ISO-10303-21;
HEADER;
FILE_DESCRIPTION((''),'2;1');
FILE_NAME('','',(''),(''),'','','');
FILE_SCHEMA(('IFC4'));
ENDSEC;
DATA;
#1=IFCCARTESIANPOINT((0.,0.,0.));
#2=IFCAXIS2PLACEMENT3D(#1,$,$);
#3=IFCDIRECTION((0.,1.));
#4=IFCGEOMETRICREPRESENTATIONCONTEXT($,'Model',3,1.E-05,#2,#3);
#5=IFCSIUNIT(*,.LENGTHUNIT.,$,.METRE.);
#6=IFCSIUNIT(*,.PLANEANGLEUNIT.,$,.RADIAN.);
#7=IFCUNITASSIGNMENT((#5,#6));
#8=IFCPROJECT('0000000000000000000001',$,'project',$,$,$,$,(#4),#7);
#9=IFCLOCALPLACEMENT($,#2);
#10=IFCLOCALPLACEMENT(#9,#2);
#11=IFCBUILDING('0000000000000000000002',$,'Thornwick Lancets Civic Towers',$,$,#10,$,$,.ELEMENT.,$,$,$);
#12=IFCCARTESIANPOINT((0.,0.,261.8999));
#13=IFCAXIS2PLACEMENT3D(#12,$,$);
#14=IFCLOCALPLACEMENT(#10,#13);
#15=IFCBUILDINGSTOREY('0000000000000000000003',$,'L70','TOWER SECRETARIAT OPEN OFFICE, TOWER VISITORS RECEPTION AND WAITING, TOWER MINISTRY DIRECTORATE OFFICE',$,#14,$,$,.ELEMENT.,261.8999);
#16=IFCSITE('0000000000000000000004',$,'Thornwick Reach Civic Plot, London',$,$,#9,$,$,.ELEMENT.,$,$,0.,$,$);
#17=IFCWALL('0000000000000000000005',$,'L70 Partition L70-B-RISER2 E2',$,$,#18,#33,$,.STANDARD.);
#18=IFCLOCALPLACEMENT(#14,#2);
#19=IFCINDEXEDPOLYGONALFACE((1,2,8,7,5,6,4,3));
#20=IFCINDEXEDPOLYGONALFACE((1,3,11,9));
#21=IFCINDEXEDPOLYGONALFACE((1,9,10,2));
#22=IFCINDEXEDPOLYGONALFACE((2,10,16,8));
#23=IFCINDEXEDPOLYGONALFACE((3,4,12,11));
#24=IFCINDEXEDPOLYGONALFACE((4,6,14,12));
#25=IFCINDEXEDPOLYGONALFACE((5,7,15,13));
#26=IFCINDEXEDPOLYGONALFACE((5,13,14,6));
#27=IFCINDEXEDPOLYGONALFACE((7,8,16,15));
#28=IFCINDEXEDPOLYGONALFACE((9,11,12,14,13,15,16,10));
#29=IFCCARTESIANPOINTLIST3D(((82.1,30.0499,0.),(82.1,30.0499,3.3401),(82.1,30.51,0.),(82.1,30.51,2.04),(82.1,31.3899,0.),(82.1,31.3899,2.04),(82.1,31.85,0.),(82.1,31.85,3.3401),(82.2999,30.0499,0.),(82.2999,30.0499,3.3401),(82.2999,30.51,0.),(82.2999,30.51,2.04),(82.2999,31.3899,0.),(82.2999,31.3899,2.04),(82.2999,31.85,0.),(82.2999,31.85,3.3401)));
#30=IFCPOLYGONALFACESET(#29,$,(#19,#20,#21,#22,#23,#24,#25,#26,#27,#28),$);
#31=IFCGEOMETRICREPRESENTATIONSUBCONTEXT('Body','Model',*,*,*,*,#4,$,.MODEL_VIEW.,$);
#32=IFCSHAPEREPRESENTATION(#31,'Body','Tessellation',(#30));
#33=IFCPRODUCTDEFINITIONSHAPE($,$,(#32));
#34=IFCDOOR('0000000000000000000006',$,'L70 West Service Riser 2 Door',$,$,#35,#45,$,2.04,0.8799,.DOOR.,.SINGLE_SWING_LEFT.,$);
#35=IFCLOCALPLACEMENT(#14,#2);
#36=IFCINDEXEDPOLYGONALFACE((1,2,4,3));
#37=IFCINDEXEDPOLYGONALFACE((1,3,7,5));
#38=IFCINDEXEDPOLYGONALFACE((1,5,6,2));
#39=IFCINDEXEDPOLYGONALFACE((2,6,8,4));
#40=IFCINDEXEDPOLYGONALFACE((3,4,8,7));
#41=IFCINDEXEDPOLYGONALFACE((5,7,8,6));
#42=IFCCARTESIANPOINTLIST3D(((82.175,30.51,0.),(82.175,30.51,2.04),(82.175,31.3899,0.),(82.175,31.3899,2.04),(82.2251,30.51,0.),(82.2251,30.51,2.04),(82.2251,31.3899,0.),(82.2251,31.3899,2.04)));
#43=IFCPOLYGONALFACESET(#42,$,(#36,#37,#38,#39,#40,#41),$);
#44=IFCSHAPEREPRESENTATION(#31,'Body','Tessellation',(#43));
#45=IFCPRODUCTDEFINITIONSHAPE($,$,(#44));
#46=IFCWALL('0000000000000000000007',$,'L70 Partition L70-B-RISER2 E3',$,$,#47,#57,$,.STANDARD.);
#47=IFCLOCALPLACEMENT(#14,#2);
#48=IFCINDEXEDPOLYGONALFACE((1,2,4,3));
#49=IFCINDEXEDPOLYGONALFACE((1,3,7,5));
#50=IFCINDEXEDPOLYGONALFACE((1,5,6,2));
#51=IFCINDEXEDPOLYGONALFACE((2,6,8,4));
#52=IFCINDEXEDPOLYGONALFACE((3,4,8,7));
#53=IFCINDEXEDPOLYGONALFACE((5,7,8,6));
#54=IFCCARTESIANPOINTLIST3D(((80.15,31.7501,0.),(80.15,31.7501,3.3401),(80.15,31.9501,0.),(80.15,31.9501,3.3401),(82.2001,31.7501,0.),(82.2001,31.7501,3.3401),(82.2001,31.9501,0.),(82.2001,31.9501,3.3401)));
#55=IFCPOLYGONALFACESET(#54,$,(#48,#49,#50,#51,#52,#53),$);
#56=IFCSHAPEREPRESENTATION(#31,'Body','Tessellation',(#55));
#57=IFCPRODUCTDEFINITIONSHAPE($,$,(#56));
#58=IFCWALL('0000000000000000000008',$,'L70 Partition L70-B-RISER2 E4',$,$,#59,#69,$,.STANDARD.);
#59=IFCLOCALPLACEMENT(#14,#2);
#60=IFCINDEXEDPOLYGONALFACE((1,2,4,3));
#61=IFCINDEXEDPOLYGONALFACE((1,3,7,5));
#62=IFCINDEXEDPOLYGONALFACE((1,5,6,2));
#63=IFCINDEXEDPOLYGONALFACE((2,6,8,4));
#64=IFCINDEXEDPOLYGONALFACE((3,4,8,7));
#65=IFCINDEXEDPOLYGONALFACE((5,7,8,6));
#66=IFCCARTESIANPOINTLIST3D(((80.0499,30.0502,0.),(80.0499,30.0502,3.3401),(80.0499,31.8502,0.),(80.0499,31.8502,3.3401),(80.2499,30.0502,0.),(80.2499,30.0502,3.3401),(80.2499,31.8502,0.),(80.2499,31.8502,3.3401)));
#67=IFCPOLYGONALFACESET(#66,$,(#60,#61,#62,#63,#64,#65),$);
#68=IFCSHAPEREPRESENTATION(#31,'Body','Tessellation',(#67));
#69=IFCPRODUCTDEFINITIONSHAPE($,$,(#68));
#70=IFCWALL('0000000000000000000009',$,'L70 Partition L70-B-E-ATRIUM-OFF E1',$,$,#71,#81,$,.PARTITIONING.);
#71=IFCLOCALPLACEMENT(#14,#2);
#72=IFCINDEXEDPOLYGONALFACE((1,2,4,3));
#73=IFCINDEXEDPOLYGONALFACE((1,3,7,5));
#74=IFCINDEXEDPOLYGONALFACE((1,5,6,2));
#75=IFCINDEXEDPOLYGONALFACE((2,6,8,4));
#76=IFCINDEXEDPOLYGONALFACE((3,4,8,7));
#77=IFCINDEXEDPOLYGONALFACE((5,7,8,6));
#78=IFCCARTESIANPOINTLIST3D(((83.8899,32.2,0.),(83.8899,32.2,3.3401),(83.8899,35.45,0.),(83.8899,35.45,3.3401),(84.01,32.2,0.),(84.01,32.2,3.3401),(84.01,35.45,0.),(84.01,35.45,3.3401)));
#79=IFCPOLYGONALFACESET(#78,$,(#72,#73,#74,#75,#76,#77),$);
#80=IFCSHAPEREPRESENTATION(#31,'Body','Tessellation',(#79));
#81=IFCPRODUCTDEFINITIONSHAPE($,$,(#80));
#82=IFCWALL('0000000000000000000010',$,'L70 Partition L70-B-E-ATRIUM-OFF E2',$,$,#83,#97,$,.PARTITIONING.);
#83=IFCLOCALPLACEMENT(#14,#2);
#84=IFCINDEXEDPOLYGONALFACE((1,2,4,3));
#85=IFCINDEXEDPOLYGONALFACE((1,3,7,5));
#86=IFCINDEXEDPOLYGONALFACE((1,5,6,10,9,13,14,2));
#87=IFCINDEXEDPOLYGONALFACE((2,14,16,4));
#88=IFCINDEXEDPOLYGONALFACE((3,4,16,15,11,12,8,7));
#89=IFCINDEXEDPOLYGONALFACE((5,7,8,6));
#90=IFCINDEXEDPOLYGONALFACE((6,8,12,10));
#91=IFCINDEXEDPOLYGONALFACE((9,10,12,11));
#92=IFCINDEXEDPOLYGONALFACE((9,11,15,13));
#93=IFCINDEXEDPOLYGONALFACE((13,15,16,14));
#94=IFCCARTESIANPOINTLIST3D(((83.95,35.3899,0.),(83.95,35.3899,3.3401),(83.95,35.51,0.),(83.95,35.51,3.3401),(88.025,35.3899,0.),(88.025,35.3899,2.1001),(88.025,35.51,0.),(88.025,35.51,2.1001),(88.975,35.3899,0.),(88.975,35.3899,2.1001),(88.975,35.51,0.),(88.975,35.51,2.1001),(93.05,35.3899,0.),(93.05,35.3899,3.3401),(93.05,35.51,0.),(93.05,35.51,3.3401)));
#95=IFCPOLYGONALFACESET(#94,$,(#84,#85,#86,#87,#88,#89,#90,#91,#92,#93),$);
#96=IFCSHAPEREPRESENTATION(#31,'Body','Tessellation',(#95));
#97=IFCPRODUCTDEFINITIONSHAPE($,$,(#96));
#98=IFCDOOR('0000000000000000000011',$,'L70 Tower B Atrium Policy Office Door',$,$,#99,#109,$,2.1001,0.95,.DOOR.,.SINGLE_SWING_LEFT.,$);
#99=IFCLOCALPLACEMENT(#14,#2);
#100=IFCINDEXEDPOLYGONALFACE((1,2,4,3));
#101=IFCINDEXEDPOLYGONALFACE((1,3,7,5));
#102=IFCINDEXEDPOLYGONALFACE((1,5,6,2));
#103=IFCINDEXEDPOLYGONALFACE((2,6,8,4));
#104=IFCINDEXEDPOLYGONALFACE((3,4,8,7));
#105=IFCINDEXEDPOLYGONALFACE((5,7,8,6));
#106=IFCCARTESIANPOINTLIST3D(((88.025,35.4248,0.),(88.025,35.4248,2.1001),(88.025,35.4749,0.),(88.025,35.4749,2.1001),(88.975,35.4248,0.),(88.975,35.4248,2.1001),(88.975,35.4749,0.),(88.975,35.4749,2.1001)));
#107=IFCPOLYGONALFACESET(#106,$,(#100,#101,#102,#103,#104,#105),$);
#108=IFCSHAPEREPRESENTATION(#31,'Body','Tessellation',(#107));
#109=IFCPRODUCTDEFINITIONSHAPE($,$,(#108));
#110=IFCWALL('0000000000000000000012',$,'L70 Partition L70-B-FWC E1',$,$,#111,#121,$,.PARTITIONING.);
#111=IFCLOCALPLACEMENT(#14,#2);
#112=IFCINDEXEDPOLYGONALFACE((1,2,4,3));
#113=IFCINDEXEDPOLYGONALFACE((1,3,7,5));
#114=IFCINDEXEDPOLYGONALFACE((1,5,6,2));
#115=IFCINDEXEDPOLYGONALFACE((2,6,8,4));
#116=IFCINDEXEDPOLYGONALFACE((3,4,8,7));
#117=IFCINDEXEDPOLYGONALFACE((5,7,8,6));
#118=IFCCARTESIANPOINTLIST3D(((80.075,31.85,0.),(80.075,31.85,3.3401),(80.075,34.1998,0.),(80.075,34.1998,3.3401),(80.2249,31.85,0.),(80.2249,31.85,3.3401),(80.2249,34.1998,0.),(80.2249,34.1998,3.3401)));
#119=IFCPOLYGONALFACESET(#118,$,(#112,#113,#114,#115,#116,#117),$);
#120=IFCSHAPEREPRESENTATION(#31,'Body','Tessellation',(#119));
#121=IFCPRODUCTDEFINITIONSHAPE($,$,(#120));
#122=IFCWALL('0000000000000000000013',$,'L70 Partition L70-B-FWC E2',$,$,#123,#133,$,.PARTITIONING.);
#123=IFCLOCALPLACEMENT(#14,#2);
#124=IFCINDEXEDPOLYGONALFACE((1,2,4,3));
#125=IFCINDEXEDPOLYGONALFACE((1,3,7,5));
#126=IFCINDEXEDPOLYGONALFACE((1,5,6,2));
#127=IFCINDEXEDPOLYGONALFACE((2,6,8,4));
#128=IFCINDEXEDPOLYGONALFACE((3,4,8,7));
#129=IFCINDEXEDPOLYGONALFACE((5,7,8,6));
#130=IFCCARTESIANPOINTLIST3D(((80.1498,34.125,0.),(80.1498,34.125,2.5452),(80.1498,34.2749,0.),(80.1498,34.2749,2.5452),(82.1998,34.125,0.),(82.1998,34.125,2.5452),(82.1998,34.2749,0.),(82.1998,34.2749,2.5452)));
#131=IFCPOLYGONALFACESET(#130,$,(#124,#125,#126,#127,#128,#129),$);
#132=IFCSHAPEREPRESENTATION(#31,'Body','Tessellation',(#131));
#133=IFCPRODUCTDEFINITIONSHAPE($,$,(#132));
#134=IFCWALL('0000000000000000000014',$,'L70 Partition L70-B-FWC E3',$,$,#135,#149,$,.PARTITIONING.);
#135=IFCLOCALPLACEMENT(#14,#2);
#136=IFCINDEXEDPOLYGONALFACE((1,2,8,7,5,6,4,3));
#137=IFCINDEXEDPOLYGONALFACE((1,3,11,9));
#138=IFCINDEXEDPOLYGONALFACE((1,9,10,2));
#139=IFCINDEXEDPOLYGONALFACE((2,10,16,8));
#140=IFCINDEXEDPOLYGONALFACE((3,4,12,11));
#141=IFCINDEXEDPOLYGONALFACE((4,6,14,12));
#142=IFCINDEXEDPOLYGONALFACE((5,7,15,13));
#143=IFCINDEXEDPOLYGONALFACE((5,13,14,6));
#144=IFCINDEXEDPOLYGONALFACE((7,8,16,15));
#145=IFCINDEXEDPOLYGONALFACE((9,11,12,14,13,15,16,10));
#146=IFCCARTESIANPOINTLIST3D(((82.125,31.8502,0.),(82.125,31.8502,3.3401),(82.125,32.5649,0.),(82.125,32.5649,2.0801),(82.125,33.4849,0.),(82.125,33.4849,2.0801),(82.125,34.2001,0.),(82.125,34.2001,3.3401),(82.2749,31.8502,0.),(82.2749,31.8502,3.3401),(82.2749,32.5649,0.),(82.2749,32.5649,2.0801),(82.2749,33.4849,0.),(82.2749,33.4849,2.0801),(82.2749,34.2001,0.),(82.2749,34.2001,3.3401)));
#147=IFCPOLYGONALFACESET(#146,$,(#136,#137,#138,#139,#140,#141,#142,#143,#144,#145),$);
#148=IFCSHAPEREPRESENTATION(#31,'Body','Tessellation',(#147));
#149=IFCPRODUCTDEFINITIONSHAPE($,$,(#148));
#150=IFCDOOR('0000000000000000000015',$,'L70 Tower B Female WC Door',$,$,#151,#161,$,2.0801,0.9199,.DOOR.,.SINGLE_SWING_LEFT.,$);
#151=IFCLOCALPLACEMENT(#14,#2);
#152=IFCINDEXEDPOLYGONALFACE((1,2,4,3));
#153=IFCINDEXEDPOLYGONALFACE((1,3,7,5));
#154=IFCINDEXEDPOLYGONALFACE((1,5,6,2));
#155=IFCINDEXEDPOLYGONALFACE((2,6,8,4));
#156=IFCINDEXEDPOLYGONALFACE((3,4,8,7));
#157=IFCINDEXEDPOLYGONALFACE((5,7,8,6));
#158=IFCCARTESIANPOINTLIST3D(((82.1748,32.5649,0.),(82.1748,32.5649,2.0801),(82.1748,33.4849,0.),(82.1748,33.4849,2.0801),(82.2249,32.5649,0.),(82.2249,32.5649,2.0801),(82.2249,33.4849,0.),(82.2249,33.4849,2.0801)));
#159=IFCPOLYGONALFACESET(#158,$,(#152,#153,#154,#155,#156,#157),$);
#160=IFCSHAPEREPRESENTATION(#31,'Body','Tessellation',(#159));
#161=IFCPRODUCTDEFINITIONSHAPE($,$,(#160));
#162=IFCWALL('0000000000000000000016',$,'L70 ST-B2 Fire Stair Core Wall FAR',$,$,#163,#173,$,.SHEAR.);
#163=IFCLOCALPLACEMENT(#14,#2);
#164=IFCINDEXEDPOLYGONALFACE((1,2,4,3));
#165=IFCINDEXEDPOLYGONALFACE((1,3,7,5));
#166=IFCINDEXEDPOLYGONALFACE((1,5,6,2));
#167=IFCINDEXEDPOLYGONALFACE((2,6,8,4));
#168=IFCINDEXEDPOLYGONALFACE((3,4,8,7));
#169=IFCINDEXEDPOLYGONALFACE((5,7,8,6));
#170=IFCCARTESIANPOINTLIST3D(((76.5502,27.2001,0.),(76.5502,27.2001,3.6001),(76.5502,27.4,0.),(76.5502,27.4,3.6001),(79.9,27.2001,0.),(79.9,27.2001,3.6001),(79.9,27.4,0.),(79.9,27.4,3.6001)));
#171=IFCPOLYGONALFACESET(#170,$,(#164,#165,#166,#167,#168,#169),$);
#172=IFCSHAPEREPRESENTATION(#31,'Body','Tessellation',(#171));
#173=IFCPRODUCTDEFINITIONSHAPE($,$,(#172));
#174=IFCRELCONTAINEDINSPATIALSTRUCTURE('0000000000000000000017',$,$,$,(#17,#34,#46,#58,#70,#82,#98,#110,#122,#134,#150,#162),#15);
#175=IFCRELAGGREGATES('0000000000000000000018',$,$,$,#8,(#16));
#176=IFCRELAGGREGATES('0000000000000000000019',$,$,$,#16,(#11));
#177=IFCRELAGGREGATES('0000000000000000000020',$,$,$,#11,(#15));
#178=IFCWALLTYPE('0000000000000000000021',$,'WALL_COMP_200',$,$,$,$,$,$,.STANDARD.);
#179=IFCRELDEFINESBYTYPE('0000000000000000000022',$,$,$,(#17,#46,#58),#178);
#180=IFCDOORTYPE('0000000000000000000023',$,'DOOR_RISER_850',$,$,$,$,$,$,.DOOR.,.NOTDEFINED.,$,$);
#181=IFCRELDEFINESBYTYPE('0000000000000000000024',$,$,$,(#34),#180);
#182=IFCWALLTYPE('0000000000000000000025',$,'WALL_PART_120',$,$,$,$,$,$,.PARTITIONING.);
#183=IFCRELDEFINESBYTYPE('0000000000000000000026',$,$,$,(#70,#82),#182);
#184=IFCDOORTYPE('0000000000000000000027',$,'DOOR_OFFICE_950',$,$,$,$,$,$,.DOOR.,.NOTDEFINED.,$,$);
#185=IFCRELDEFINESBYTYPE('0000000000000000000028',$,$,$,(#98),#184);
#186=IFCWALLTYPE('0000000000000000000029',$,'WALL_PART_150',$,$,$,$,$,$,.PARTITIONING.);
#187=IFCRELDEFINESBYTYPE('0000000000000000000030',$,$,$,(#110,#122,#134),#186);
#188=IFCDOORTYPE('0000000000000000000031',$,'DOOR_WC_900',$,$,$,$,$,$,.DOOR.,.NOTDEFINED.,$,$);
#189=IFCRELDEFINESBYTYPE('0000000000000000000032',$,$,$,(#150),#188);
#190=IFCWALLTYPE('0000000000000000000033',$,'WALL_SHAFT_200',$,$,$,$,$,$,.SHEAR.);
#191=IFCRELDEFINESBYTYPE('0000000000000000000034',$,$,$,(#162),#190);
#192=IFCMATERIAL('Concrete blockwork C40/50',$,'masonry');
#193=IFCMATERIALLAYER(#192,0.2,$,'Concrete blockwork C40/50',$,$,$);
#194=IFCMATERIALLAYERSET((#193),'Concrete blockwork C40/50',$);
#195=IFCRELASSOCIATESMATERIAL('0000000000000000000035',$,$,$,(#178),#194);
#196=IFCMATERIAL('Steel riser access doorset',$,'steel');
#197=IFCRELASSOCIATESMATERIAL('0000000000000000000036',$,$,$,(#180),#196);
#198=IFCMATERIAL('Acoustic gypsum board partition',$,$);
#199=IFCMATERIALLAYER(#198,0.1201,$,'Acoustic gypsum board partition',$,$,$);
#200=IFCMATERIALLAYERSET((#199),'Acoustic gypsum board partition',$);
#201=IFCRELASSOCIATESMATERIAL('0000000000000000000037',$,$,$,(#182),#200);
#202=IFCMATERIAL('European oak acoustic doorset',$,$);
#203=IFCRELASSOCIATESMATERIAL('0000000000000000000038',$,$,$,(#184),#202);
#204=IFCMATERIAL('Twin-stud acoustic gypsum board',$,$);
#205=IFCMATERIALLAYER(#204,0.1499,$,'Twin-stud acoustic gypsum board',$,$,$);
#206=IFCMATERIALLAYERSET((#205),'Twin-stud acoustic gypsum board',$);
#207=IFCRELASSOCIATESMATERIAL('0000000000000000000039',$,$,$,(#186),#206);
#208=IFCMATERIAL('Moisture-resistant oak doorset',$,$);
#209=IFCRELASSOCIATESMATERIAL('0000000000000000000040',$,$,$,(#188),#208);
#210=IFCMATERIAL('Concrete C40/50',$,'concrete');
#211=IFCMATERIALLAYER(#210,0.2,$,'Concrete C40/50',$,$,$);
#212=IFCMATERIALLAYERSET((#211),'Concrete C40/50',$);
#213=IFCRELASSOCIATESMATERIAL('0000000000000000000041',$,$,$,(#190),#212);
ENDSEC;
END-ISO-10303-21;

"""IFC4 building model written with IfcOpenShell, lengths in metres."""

from ifc_helpers import new_model, si_unit, direction, frame, frame_2d, origin, place, context, subcontext, project, spatial, rectangle, extrude, material, layer, layer_set, type_object, element, fill, save


model = new_model("IFC4")

# Units and contexts
model_context = context("Model", 3, precision=1e-05, world=origin(), true_north=direction((0.0, 1.0)))
body_context = subcontext(model_context, "Body", "Model", "MODEL_VIEW")
ifc_project = project(units=[si_unit("LENGTHUNIT", "METRE"), si_unit("PLANEANGLEUNIT", "RADIAN")], contexts=[model_context])

# Site, building, storey
site_placement = place(None, origin())
site = spatial("IfcSite", under=ifc_project, at=site_placement, Name="Thornwick Reach Civic Plot, London", CompositionType="ELEMENT", RefElevation=0.0)
building_placement = place(site_placement, origin())
building = spatial("IfcBuilding", under=site, at=building_placement, Name="Thornwick Lancets Civic Towers", CompositionType="ELEMENT")
storey_placement = place(building_placement, frame((0.0, 0.0, 261.8999)))
storey = spatial("IfcBuildingStorey", under=building, at=storey_placement, Name="L70", Description="TOWER SECRETARIAT OPEN OFFICE, TOWER VISITORS RECEPTION AND WAITING, TOWER MINISTRY DIRECTORATE OFFICE", CompositionType="ELEMENT", Elevation=261.8999)

# Shared definitions
ifc_material_1 = material(Name="Concrete blockwork C40/50", Category="masonry")
ifc_layer_1 = layer(ifc_material_1, 0.2, Name="Concrete blockwork C40/50")
ifc_layer_set_1 = layer_set([ifc_layer_1], Name="Concrete blockwork C40/50")
wall_type_1 = type_object("IfcWallType", Name="WALL_COMP_200", PredefinedType="STANDARD", material=ifc_layer_set_1)

# Wall, opening, door
wall_1_placement = place(storey_placement, frame((82.2, 30.05, 0.0), z_axis=(0.0, 0.0, 1.0), x_axis=(0.0, 1.0, 0.0)))
wall_1 = element("IfcWall", 1, at=wall_1_placement, inside=storey, type_object=wall_type_1, Name="L70 Partition L70-B-RISER2 E2", PredefinedType="STANDARD", context=body_context, shape_type="SweptSolid", body=[
    extrude(rectangle(XDim=1.8, YDim=0.2, at=frame_2d((0.8999, 0.0))), origin(), (0.0, 0.0, 1.0), 3.3401),
])
opening_1_placement = place(wall_1_placement, frame((0.46, 0.0, 0.0)))
opening_1 = element("IfcOpeningElement", 2, at=opening_1_placement, cuts=wall_1, PredefinedType="OPENING", context=body_context, shape_type="SweptSolid", body=[
    extrude(rectangle(XDim=0.8799, YDim=2.04, at=frame_2d((0.4399, 1.02))), frame((0.0, 0.1099, 0.0), z_axis=(0.0, -1.0, 0.0), x_axis=(1.0, 0.0, 0.0)), (0.0, 0.0, 1.0), 0.22),
])
ifc_material_2 = material(Name="Steel riser access doorset", Category="steel")
door_type_1 = type_object("IfcDoorType", Name="DOOR_RISER_850", OperationType="NOTDEFINED", PredefinedType="DOOR", material=ifc_material_2)
door_1_placement = place(opening_1_placement, origin())
door_1 = element("IfcDoor", 3, at=door_1_placement, inside=storey, type_object=door_type_1, Name="L70 West Service Riser 2 Door", OperationType="SINGLE_SWING_LEFT", OverallHeight=2.04, OverallWidth=0.8799, PredefinedType="DOOR", context=body_context, shape_type="SweptSolid", body=[
    extrude(rectangle(XDim=0.8799, YDim=2.04, at=frame_2d((0.4399, 1.02))), frame((0.0, 0.0249, 0.0), z_axis=(0.0, -1.0, 0.0), x_axis=(1.0, 0.0, 0.0)), (0.0, 0.0, 1.0), 0.05),
])
fill(opening_1, door_1)

# Walls
wall_2_placement = place(storey_placement, frame((82.2, 31.8501, 0.0), z_axis=(0.0, 0.0, 1.0), x_axis=(-1.0, 0.0, 0.0)))
element("IfcWall", 4, at=wall_2_placement, inside=storey, type_object=wall_type_1, Name="L70 Partition L70-B-RISER2 E3", PredefinedType="STANDARD", context=body_context, shape_type="SweptSolid", body=[
    extrude(rectangle(XDim=2.05, YDim=0.2, at=frame_2d((1.0249, 0.0))), origin(), (0.0, 0.0, 1.0), 3.3401),
])
wall_3_placement = place(storey_placement, frame((80.1499, 31.8501, 0.0), z_axis=(0.0, 0.0, 1.0), x_axis=(0.0, -1.0, 0.0)))
element("IfcWall", 5, at=wall_3_placement, inside=storey, type_object=wall_type_1, Name="L70 Partition L70-B-RISER2 E4", PredefinedType="STANDARD", context=body_context, shape_type="SweptSolid", body=[
    extrude(rectangle(XDim=1.8, YDim=0.2, at=frame_2d((0.8999, 0.0))), origin(), (0.0, 0.0, 1.0), 3.3401),
])
ifc_material_3 = material(Name="Acoustic gypsum board partition")
ifc_layer_2 = layer(ifc_material_3, 0.1201, Name="Acoustic gypsum board partition")
ifc_layer_set_2 = layer_set([ifc_layer_2], Name="Acoustic gypsum board partition")
wall_type_2 = type_object("IfcWallType", Name="WALL_PART_120", PredefinedType="PARTITIONING", material=ifc_layer_set_2)
wall_4_placement = place(storey_placement, frame((83.95, 32.2, 0.0), z_axis=(0.0, 0.0, 1.0), x_axis=(0.0, 1.0, 0.0)))
element("IfcWall", 6, at=wall_4_placement, inside=storey, type_object=wall_type_2, Name="L70 Partition L70-B-E-ATRIUM-OFF E1", PredefinedType="PARTITIONING", context=body_context, shape_type="SweptSolid", body=[
    extrude(rectangle(XDim=3.25, YDim=0.1201, at=frame_2d((1.625, 0.0))), origin(), (0.0, 0.0, 1.0), 3.3401),
])

# Wall, opening, door
wall_5_placement = place(storey_placement, frame((83.95, 35.45, 0.0), z_axis=(0.0, 0.0, 1.0), x_axis=(1.0, 0.0, 0.0)))
wall_5 = element("IfcWall", 7, at=wall_5_placement, inside=storey, type_object=wall_type_2, Name="L70 Partition L70-B-E-ATRIUM-OFF E2", PredefinedType="PARTITIONING", context=body_context, shape_type="SweptSolid", body=[
    extrude(rectangle(XDim=9.1001, YDim=0.1201, at=frame_2d((4.55, 0.0))), origin(), (0.0, 0.0, 1.0), 3.3401),
])
opening_2_placement = place(wall_5_placement, frame((4.075, 0.0, 0.0)))
opening_2 = element("IfcOpeningElement", 8, at=opening_2_placement, cuts=wall_5, PredefinedType="OPENING", context=body_context, shape_type="SweptSolid", body=[
    extrude(rectangle(XDim=0.95, YDim=2.1001, at=frame_2d((0.4751, 1.05))), frame((0.0, 0.0701, 0.0), z_axis=(0.0, -1.0, 0.0), x_axis=(1.0, 0.0, 0.0)), (0.0, 0.0, 1.0), 0.1401),
])
ifc_material_4 = material(Name="European oak acoustic doorset")
door_type_2 = type_object("IfcDoorType", Name="DOOR_OFFICE_950", OperationType="NOTDEFINED", PredefinedType="DOOR", material=ifc_material_4)
door_2_placement = place(opening_2_placement, origin())
door_2 = element("IfcDoor", 9, at=door_2_placement, inside=storey, type_object=door_type_2, Name="L70 Tower B Atrium Policy Office Door", OperationType="SINGLE_SWING_LEFT", OverallHeight=2.1001, OverallWidth=0.95, PredefinedType="DOOR", context=body_context, shape_type="SweptSolid", body=[
    extrude(rectangle(XDim=0.95, YDim=2.1001, at=frame_2d((0.4751, 1.05))), frame((0.0, 0.0249, 0.0), z_axis=(0.0, -1.0, 0.0), x_axis=(1.0, 0.0, 0.0)), (0.0, 0.0, 1.0), 0.05),
])
fill(opening_2, door_2)

# Walls
ifc_material_5 = material(Name="Twin-stud acoustic gypsum board")
ifc_layer_3 = layer(ifc_material_5, 0.1499, Name="Twin-stud acoustic gypsum board")
ifc_layer_set_3 = layer_set([ifc_layer_3], Name="Twin-stud acoustic gypsum board")
wall_type_3 = type_object("IfcWallType", Name="WALL_PART_150", PredefinedType="PARTITIONING", material=ifc_layer_set_3)
wall_6_placement = place(storey_placement, frame((80.1499, 31.8501, 0.0), z_axis=(0.0, 0.0, 1.0), x_axis=(0.0, 1.0, 0.0)))
element("IfcWall", 10, at=wall_6_placement, inside=storey, type_object=wall_type_3, Name="L70 Partition L70-B-FWC E1", PredefinedType="PARTITIONING", context=body_context, shape_type="SweptSolid", body=[
    extrude(rectangle(XDim=2.3499, YDim=0.1499, at=frame_2d((1.1748, 0.0))), origin(), (0.0, 0.0, 1.0), 3.3401),
])
wall_7_placement = place(storey_placement, frame((80.1499, 34.2, 0.0), z_axis=(0.0, 0.0, 1.0), x_axis=(1.0, 0.0, 0.0)))
element("IfcWall", 11, at=wall_7_placement, inside=storey, type_object=wall_type_3, Name="L70 Partition L70-B-FWC E2", PredefinedType="PARTITIONING", context=body_context, shape_type="SweptSolid", body=[
    extrude(rectangle(XDim=2.05, YDim=0.1499, at=frame_2d((1.0249, 0.0))), origin(), (0.0, 0.0, 1.0), 2.5452),
])

# Wall, opening, door
wall_8_placement = place(storey_placement, frame((82.2, 34.2, 0.0), z_axis=(0.0, 0.0, 1.0), x_axis=(0.0, -1.0, 0.0)))
wall_8 = element("IfcWall", 12, at=wall_8_placement, inside=storey, type_object=wall_type_3, Name="L70 Partition L70-B-FWC E3", PredefinedType="PARTITIONING", context=body_context, shape_type="SweptSolid", body=[
    extrude(rectangle(XDim=2.3499, YDim=0.1499, at=frame_2d((1.1748, 0.0))), origin(), (0.0, 0.0, 1.0), 3.3401),
])
opening_3_placement = place(wall_8_placement, frame((0.7151, 0.0, 0.0)))
opening_3 = element("IfcOpeningElement", 13, at=opening_3_placement, cuts=wall_8, PredefinedType="OPENING", context=body_context, shape_type="SweptSolid", body=[
    extrude(rectangle(XDim=0.9199, YDim=2.0801, at=frame_2d((0.46, 1.04))), frame((0.0, 0.085, 0.0), z_axis=(0.0, -1.0, 0.0), x_axis=(1.0, 0.0, 0.0)), (0.0, 0.0, 1.0), 0.1699),
])
ifc_material_6 = material(Name="Moisture-resistant oak doorset")
door_type_3 = type_object("IfcDoorType", Name="DOOR_WC_900", OperationType="NOTDEFINED", PredefinedType="DOOR", material=ifc_material_6)
door_3_placement = place(opening_3_placement, origin())
door_3 = element("IfcDoor", 14, at=door_3_placement, inside=storey, type_object=door_type_3, Name="L70 Tower B Female WC Door", OperationType="SINGLE_SWING_LEFT", OverallHeight=2.0801, OverallWidth=0.9199, PredefinedType="DOOR", context=body_context, shape_type="SweptSolid", body=[
    extrude(rectangle(XDim=0.9199, YDim=2.0801, at=frame_2d((0.46, 1.04))), frame((0.0, 0.0249, 0.0), z_axis=(0.0, -1.0, 0.0), x_axis=(1.0, 0.0, 0.0)), (0.0, 0.0, 1.0), 0.05),
])
fill(opening_3, door_3)

# Wall
ifc_material_7 = material(Name="Concrete C40/50", Category="concrete")
ifc_layer_4 = layer(ifc_material_7, 0.2, Name="Concrete C40/50")
ifc_layer_set_4 = layer_set([ifc_layer_4], Name="Concrete C40/50")
wall_type_4 = type_object("IfcWallType", Name="WALL_SHAFT_200", PredefinedType="SHEAR", material=ifc_layer_set_4)
wall_9_placement = place(storey_placement, frame((79.8999, 27.3, 0.0), z_axis=(0.0, 0.0, 1.0), x_axis=(-1.0, 0.0, 0.0)))
element("IfcWall", 15, at=wall_9_placement, inside=storey, type_object=wall_type_4, Name="L70 ST-B2 Fire Stair Core Wall FAR", PredefinedType="SHEAR", context=body_context, shape_type="SweptSolid", body=[
    extrude(rectangle(XDim=3.3499, YDim=0.2, at=frame_2d((1.6748, 0.0))), origin(), (0.0, 0.0, 1.0), 3.6001),
])

save(model, "model.ifc")
